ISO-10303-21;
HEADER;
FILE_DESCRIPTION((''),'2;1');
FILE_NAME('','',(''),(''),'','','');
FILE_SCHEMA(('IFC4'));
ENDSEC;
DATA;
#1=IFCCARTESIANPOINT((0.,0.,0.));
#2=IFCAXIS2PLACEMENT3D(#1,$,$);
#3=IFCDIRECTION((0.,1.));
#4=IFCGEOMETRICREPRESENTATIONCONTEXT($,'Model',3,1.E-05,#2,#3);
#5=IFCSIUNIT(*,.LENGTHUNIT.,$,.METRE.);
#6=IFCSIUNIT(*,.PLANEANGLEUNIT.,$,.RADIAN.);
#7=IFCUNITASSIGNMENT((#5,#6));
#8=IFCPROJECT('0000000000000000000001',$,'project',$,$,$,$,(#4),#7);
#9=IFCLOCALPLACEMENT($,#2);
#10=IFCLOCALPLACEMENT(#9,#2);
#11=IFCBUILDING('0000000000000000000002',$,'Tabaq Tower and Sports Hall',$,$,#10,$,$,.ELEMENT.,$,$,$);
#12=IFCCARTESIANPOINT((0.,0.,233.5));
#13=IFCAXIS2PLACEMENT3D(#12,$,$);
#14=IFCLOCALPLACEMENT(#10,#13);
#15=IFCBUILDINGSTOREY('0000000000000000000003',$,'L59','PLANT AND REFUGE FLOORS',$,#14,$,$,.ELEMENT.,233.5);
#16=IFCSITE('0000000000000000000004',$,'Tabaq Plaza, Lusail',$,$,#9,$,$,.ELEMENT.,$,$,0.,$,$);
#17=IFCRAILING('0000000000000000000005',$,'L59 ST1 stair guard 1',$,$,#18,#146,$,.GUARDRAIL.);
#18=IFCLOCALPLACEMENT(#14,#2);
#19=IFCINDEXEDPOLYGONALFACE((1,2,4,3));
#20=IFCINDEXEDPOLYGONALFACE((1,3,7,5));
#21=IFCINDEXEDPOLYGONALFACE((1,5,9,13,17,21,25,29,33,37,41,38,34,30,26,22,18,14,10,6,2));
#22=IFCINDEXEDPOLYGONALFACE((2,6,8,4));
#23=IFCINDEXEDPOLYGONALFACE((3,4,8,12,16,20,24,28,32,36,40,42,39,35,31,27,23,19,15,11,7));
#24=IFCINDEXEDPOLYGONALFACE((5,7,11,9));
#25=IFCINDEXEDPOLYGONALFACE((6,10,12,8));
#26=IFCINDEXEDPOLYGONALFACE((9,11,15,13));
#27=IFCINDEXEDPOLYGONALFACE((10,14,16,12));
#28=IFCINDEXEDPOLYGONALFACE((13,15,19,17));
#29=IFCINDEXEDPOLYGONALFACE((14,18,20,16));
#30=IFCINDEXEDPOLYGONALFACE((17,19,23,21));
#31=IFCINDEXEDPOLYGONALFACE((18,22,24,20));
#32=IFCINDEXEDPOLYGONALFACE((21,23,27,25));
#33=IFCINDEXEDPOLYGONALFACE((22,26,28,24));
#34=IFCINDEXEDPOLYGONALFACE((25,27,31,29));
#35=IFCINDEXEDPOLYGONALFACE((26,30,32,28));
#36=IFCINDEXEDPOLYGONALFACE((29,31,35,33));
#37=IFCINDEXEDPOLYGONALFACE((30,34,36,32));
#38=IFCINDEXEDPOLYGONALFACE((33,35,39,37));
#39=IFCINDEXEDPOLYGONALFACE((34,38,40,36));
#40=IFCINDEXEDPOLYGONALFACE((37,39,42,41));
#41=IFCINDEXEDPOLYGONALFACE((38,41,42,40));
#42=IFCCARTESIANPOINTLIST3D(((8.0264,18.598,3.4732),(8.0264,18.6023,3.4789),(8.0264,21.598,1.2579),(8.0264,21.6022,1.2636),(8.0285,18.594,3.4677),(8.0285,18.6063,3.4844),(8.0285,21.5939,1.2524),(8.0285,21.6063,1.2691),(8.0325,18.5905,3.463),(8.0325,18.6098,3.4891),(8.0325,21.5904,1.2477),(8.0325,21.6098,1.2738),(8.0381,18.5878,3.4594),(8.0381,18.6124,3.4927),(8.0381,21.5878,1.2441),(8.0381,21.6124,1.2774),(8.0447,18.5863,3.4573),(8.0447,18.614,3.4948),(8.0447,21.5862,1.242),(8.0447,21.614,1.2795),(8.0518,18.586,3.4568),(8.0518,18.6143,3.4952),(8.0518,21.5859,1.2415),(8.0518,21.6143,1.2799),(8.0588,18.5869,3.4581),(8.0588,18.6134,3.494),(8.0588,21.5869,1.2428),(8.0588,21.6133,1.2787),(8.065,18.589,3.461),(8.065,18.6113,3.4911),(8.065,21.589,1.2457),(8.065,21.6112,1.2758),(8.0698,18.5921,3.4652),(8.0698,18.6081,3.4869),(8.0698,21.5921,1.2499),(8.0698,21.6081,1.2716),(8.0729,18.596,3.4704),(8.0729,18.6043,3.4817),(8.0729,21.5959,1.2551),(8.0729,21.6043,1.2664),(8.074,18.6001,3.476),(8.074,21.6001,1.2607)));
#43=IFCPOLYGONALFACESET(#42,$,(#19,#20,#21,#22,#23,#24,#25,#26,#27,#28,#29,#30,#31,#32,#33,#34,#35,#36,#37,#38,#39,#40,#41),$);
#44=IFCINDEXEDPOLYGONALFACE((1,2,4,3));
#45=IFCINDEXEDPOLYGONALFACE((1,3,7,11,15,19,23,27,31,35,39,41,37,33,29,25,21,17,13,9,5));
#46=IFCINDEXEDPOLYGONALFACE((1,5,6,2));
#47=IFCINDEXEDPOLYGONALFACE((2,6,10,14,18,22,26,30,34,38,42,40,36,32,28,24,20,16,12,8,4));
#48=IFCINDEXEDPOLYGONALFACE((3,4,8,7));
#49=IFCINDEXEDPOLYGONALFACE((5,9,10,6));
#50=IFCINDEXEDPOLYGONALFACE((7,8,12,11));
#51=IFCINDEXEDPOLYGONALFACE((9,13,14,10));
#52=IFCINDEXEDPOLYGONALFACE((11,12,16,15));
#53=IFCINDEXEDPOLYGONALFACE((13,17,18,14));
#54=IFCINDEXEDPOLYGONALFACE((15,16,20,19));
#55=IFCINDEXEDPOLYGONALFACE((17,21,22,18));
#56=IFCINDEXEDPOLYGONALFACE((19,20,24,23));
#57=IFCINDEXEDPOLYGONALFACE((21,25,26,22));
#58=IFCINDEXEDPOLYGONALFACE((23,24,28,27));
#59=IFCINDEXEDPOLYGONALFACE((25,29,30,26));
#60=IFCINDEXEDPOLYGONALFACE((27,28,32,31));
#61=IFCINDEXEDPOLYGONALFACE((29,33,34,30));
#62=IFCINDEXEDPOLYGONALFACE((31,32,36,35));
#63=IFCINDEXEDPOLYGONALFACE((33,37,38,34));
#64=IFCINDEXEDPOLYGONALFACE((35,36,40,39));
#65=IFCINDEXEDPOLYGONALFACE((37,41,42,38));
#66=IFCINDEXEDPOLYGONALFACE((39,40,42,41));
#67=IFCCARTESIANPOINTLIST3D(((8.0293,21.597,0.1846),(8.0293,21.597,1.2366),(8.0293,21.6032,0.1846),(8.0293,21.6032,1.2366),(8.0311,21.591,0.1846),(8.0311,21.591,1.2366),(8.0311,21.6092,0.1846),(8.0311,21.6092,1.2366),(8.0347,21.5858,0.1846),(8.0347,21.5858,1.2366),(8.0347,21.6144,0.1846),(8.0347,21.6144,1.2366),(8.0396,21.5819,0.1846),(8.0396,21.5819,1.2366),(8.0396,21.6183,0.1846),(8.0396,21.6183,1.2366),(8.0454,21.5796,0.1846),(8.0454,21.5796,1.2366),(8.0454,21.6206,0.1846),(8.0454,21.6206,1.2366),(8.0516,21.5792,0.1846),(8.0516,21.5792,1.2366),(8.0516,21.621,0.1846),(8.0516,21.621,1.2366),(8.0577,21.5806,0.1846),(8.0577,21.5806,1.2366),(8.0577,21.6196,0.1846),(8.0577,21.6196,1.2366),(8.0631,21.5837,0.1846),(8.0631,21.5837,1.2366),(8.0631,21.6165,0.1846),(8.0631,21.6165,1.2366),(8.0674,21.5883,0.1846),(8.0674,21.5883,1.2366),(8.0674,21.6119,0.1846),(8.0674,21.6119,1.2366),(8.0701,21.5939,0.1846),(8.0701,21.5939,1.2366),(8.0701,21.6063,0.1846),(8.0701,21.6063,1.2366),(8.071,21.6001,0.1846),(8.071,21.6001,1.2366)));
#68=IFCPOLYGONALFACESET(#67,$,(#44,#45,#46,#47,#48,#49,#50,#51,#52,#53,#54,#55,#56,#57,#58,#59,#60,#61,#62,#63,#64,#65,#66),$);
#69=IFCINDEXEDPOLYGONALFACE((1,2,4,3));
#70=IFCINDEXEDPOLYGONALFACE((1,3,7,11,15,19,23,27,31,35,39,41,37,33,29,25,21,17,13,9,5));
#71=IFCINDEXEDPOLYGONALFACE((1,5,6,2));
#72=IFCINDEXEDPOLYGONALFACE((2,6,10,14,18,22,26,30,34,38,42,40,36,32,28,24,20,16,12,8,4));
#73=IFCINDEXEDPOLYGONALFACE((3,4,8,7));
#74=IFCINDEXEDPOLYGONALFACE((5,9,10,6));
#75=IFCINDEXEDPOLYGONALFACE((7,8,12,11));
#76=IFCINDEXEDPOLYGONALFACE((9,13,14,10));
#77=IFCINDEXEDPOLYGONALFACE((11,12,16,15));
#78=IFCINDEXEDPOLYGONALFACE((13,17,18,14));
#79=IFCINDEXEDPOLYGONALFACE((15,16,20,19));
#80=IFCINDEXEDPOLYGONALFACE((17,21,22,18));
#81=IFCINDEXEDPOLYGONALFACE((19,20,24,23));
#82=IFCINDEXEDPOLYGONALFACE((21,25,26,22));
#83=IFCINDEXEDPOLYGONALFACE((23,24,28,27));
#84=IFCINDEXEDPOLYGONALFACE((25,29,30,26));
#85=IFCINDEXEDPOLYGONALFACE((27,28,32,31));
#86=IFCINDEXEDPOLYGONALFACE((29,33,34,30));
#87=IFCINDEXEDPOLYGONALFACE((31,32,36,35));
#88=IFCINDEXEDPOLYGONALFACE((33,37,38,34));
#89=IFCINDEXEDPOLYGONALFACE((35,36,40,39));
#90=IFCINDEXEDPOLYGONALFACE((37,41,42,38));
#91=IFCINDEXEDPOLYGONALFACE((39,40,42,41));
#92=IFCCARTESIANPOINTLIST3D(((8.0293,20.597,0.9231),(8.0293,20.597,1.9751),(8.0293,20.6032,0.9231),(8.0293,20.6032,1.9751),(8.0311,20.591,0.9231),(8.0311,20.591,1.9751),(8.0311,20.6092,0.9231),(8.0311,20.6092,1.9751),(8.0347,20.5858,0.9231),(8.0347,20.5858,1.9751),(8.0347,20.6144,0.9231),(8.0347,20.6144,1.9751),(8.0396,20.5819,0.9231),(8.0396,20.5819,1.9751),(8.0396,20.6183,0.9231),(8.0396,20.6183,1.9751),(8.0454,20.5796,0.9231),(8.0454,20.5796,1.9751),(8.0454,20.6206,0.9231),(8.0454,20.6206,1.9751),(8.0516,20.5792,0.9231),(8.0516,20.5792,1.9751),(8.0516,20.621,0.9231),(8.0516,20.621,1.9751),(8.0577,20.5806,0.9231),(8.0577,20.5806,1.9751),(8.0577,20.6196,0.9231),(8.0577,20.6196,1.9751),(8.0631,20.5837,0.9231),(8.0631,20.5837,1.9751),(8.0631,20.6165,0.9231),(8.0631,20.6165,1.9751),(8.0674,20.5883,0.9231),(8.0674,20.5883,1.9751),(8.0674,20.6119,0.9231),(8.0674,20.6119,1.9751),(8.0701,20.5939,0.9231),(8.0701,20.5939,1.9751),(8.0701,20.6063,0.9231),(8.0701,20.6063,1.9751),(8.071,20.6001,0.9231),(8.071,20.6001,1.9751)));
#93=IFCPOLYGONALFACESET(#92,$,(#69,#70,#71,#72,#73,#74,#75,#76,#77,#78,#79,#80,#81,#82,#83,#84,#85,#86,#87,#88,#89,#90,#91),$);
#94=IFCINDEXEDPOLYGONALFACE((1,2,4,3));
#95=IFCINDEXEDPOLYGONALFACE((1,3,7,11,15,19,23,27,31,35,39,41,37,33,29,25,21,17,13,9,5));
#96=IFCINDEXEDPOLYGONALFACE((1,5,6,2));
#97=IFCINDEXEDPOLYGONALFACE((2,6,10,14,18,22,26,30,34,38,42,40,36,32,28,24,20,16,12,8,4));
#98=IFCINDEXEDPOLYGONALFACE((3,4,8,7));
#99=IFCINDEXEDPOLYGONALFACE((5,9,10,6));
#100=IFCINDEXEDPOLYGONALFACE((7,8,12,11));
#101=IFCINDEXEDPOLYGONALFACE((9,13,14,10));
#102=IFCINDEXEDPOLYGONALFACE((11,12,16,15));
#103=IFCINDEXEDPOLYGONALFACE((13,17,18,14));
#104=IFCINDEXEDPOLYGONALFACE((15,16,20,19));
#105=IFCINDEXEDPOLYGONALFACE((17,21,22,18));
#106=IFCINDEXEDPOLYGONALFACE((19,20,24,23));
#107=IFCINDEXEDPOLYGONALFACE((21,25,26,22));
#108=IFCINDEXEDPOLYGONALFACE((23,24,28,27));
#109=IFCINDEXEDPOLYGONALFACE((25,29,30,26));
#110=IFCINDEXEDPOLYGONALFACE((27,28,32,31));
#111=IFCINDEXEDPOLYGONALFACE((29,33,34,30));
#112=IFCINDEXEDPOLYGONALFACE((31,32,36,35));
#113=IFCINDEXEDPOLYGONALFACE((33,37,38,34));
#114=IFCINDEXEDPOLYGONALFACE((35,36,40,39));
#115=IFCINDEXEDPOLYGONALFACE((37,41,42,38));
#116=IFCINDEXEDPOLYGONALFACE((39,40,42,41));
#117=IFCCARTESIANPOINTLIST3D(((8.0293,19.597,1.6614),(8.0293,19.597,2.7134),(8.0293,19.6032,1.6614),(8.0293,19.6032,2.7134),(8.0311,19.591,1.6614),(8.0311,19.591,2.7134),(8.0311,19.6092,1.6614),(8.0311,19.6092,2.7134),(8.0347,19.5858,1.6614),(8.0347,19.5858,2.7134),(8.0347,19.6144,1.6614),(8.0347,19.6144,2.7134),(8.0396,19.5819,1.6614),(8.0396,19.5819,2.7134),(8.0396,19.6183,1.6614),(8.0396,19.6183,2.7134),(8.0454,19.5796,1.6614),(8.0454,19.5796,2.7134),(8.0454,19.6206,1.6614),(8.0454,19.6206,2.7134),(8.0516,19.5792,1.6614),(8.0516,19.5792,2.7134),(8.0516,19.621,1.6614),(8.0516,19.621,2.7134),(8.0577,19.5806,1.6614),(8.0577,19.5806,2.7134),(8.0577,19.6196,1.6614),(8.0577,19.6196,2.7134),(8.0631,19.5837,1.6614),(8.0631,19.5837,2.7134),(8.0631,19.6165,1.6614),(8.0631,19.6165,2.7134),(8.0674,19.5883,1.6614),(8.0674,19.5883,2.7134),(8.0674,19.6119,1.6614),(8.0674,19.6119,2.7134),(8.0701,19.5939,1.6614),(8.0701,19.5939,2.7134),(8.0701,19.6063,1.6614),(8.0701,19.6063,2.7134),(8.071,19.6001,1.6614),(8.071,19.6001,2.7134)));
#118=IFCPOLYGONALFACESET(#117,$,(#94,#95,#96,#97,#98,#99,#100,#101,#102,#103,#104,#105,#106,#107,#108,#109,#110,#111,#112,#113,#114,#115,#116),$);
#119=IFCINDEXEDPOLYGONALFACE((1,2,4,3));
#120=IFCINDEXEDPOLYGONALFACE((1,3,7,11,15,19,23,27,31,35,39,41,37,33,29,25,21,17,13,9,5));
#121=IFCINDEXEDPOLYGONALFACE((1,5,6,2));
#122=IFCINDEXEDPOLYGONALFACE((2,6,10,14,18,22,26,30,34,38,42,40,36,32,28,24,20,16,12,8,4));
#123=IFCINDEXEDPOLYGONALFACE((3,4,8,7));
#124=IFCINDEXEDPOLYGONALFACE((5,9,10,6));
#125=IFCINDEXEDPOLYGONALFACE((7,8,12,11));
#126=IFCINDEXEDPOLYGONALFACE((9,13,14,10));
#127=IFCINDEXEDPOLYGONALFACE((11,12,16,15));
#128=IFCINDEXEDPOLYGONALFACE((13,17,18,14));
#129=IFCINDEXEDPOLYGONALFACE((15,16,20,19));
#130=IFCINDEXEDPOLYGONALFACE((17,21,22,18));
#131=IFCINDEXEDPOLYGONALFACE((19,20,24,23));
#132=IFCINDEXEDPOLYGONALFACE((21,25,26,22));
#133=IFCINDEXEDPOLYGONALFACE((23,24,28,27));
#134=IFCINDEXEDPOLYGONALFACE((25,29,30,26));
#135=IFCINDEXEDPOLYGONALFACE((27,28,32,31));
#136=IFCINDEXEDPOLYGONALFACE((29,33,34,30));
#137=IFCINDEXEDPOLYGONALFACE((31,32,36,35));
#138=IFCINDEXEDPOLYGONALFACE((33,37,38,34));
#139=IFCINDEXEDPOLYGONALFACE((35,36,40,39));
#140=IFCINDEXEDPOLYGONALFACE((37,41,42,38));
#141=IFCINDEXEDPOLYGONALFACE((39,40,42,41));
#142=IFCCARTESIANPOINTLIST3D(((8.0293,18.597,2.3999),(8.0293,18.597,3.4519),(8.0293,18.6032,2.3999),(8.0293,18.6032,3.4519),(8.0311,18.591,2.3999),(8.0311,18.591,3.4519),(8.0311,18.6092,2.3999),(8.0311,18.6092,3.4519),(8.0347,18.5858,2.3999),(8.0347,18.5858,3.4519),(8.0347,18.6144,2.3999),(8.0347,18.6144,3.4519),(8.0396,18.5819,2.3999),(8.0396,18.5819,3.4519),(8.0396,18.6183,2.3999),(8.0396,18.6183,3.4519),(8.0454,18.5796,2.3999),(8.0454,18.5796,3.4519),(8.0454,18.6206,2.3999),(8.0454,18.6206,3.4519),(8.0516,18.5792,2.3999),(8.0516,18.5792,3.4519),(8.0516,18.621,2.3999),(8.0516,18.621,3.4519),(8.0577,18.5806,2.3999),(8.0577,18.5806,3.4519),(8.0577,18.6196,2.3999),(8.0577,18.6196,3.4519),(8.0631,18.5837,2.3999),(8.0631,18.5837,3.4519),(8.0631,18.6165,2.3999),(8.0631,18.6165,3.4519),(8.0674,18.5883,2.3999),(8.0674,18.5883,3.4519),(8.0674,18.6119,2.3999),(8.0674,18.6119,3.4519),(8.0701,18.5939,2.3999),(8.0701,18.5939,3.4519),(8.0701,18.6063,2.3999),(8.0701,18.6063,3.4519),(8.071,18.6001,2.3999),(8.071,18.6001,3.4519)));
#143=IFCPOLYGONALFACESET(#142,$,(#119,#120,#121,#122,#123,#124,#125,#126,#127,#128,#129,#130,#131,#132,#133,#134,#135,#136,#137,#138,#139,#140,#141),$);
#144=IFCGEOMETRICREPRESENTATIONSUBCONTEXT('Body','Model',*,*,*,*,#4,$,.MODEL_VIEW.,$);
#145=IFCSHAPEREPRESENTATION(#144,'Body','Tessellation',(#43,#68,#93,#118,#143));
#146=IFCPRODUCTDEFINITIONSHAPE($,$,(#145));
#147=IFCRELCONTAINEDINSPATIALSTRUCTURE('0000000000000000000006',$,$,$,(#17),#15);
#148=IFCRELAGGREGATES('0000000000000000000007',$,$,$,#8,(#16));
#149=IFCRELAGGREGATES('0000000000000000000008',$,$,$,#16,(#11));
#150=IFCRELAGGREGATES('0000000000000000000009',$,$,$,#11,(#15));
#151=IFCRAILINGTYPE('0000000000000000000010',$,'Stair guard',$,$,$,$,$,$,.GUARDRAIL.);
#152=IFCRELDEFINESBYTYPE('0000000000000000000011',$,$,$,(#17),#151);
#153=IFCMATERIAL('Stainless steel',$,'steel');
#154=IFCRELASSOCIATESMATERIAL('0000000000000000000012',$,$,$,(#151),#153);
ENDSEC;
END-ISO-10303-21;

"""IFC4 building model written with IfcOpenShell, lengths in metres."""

from ifc_helpers import new_model, si_unit, direction, frame, origin, origin_2d, place, context, subcontext, project, spatial, circle, extrude, material, type_object, element, save


model = new_model("IFC4")

# Units and contexts
model_context = context("Model", 3, precision=1e-05, world=origin(), true_north=direction((0.0, 1.0)))
body_context = subcontext(model_context, "Body", "Model", "MODEL_VIEW")
ifc_project = project(units=[si_unit("LENGTHUNIT", "METRE"), si_unit("PLANEANGLEUNIT", "RADIAN")], contexts=[model_context])

# Site, building, storey
site_placement = place(None, origin())
site = spatial("IfcSite", under=ifc_project, at=site_placement, Name="Tabaq Plaza, Lusail", CompositionType="ELEMENT", RefElevation=0.0)
building_placement = place(site_placement, origin())
building = spatial("IfcBuilding", under=site, at=building_placement, Name="Tabaq Tower and Sports Hall", CompositionType="ELEMENT")
storey_placement = place(building_placement, frame((0.0, 0.0, 233.5)))
storey = spatial("IfcBuildingStorey", under=building, at=storey_placement, Name="L59", Description="PLANT AND REFUGE FLOORS", CompositionType="ELEMENT", Elevation=233.5)

# Railing
ifc_material_1 = material(Name="Stainless steel", Category="steel")
railing_type_1 = type_object("IfcRailingType", Name="Stair guard", PredefinedType="GUARDRAIL", material=ifc_material_1)
railing_1_placement = place(storey_placement, frame((8.05, 21.6001, 0.1846)))
element("IfcRailing", 1, at=railing_1_placement, inside=storey, type_object=railing_type_1, Name="L59 ST1 stair guard 1", PredefinedType="GUARDRAIL", context=body_context, shape_type="SweptSolid", body=[
    extrude(circle(Radius=0.0239, at=origin_2d()), frame((0.0, 0.0, 1.0762), z_axis=(0.0, -0.80444, 0.594034), x_axis=(1.0, 0.0, 0.0)), (0.0, 0.0, 1.0), 3.7292),
    extrude(circle(Radius=0.021, at=origin_2d()), origin(), (0.0, 0.0, 1.0), 1.052),
    extrude(circle(Radius=0.021, at=origin_2d()), frame((0.0, -1.0, 0.7385)), (0.0, 0.0, 1.0), 1.052),
    extrude(circle(Radius=0.021, at=origin_2d()), frame((0.0, -2.0, 1.4768)), (0.0, 0.0, 1.0), 1.052),
    extrude(circle(Radius=0.021, at=origin_2d()), frame((0.0, -3.0, 2.2153)), (0.0, 0.0, 1.0), 1.052),
])

save(model, "model.ifc")
